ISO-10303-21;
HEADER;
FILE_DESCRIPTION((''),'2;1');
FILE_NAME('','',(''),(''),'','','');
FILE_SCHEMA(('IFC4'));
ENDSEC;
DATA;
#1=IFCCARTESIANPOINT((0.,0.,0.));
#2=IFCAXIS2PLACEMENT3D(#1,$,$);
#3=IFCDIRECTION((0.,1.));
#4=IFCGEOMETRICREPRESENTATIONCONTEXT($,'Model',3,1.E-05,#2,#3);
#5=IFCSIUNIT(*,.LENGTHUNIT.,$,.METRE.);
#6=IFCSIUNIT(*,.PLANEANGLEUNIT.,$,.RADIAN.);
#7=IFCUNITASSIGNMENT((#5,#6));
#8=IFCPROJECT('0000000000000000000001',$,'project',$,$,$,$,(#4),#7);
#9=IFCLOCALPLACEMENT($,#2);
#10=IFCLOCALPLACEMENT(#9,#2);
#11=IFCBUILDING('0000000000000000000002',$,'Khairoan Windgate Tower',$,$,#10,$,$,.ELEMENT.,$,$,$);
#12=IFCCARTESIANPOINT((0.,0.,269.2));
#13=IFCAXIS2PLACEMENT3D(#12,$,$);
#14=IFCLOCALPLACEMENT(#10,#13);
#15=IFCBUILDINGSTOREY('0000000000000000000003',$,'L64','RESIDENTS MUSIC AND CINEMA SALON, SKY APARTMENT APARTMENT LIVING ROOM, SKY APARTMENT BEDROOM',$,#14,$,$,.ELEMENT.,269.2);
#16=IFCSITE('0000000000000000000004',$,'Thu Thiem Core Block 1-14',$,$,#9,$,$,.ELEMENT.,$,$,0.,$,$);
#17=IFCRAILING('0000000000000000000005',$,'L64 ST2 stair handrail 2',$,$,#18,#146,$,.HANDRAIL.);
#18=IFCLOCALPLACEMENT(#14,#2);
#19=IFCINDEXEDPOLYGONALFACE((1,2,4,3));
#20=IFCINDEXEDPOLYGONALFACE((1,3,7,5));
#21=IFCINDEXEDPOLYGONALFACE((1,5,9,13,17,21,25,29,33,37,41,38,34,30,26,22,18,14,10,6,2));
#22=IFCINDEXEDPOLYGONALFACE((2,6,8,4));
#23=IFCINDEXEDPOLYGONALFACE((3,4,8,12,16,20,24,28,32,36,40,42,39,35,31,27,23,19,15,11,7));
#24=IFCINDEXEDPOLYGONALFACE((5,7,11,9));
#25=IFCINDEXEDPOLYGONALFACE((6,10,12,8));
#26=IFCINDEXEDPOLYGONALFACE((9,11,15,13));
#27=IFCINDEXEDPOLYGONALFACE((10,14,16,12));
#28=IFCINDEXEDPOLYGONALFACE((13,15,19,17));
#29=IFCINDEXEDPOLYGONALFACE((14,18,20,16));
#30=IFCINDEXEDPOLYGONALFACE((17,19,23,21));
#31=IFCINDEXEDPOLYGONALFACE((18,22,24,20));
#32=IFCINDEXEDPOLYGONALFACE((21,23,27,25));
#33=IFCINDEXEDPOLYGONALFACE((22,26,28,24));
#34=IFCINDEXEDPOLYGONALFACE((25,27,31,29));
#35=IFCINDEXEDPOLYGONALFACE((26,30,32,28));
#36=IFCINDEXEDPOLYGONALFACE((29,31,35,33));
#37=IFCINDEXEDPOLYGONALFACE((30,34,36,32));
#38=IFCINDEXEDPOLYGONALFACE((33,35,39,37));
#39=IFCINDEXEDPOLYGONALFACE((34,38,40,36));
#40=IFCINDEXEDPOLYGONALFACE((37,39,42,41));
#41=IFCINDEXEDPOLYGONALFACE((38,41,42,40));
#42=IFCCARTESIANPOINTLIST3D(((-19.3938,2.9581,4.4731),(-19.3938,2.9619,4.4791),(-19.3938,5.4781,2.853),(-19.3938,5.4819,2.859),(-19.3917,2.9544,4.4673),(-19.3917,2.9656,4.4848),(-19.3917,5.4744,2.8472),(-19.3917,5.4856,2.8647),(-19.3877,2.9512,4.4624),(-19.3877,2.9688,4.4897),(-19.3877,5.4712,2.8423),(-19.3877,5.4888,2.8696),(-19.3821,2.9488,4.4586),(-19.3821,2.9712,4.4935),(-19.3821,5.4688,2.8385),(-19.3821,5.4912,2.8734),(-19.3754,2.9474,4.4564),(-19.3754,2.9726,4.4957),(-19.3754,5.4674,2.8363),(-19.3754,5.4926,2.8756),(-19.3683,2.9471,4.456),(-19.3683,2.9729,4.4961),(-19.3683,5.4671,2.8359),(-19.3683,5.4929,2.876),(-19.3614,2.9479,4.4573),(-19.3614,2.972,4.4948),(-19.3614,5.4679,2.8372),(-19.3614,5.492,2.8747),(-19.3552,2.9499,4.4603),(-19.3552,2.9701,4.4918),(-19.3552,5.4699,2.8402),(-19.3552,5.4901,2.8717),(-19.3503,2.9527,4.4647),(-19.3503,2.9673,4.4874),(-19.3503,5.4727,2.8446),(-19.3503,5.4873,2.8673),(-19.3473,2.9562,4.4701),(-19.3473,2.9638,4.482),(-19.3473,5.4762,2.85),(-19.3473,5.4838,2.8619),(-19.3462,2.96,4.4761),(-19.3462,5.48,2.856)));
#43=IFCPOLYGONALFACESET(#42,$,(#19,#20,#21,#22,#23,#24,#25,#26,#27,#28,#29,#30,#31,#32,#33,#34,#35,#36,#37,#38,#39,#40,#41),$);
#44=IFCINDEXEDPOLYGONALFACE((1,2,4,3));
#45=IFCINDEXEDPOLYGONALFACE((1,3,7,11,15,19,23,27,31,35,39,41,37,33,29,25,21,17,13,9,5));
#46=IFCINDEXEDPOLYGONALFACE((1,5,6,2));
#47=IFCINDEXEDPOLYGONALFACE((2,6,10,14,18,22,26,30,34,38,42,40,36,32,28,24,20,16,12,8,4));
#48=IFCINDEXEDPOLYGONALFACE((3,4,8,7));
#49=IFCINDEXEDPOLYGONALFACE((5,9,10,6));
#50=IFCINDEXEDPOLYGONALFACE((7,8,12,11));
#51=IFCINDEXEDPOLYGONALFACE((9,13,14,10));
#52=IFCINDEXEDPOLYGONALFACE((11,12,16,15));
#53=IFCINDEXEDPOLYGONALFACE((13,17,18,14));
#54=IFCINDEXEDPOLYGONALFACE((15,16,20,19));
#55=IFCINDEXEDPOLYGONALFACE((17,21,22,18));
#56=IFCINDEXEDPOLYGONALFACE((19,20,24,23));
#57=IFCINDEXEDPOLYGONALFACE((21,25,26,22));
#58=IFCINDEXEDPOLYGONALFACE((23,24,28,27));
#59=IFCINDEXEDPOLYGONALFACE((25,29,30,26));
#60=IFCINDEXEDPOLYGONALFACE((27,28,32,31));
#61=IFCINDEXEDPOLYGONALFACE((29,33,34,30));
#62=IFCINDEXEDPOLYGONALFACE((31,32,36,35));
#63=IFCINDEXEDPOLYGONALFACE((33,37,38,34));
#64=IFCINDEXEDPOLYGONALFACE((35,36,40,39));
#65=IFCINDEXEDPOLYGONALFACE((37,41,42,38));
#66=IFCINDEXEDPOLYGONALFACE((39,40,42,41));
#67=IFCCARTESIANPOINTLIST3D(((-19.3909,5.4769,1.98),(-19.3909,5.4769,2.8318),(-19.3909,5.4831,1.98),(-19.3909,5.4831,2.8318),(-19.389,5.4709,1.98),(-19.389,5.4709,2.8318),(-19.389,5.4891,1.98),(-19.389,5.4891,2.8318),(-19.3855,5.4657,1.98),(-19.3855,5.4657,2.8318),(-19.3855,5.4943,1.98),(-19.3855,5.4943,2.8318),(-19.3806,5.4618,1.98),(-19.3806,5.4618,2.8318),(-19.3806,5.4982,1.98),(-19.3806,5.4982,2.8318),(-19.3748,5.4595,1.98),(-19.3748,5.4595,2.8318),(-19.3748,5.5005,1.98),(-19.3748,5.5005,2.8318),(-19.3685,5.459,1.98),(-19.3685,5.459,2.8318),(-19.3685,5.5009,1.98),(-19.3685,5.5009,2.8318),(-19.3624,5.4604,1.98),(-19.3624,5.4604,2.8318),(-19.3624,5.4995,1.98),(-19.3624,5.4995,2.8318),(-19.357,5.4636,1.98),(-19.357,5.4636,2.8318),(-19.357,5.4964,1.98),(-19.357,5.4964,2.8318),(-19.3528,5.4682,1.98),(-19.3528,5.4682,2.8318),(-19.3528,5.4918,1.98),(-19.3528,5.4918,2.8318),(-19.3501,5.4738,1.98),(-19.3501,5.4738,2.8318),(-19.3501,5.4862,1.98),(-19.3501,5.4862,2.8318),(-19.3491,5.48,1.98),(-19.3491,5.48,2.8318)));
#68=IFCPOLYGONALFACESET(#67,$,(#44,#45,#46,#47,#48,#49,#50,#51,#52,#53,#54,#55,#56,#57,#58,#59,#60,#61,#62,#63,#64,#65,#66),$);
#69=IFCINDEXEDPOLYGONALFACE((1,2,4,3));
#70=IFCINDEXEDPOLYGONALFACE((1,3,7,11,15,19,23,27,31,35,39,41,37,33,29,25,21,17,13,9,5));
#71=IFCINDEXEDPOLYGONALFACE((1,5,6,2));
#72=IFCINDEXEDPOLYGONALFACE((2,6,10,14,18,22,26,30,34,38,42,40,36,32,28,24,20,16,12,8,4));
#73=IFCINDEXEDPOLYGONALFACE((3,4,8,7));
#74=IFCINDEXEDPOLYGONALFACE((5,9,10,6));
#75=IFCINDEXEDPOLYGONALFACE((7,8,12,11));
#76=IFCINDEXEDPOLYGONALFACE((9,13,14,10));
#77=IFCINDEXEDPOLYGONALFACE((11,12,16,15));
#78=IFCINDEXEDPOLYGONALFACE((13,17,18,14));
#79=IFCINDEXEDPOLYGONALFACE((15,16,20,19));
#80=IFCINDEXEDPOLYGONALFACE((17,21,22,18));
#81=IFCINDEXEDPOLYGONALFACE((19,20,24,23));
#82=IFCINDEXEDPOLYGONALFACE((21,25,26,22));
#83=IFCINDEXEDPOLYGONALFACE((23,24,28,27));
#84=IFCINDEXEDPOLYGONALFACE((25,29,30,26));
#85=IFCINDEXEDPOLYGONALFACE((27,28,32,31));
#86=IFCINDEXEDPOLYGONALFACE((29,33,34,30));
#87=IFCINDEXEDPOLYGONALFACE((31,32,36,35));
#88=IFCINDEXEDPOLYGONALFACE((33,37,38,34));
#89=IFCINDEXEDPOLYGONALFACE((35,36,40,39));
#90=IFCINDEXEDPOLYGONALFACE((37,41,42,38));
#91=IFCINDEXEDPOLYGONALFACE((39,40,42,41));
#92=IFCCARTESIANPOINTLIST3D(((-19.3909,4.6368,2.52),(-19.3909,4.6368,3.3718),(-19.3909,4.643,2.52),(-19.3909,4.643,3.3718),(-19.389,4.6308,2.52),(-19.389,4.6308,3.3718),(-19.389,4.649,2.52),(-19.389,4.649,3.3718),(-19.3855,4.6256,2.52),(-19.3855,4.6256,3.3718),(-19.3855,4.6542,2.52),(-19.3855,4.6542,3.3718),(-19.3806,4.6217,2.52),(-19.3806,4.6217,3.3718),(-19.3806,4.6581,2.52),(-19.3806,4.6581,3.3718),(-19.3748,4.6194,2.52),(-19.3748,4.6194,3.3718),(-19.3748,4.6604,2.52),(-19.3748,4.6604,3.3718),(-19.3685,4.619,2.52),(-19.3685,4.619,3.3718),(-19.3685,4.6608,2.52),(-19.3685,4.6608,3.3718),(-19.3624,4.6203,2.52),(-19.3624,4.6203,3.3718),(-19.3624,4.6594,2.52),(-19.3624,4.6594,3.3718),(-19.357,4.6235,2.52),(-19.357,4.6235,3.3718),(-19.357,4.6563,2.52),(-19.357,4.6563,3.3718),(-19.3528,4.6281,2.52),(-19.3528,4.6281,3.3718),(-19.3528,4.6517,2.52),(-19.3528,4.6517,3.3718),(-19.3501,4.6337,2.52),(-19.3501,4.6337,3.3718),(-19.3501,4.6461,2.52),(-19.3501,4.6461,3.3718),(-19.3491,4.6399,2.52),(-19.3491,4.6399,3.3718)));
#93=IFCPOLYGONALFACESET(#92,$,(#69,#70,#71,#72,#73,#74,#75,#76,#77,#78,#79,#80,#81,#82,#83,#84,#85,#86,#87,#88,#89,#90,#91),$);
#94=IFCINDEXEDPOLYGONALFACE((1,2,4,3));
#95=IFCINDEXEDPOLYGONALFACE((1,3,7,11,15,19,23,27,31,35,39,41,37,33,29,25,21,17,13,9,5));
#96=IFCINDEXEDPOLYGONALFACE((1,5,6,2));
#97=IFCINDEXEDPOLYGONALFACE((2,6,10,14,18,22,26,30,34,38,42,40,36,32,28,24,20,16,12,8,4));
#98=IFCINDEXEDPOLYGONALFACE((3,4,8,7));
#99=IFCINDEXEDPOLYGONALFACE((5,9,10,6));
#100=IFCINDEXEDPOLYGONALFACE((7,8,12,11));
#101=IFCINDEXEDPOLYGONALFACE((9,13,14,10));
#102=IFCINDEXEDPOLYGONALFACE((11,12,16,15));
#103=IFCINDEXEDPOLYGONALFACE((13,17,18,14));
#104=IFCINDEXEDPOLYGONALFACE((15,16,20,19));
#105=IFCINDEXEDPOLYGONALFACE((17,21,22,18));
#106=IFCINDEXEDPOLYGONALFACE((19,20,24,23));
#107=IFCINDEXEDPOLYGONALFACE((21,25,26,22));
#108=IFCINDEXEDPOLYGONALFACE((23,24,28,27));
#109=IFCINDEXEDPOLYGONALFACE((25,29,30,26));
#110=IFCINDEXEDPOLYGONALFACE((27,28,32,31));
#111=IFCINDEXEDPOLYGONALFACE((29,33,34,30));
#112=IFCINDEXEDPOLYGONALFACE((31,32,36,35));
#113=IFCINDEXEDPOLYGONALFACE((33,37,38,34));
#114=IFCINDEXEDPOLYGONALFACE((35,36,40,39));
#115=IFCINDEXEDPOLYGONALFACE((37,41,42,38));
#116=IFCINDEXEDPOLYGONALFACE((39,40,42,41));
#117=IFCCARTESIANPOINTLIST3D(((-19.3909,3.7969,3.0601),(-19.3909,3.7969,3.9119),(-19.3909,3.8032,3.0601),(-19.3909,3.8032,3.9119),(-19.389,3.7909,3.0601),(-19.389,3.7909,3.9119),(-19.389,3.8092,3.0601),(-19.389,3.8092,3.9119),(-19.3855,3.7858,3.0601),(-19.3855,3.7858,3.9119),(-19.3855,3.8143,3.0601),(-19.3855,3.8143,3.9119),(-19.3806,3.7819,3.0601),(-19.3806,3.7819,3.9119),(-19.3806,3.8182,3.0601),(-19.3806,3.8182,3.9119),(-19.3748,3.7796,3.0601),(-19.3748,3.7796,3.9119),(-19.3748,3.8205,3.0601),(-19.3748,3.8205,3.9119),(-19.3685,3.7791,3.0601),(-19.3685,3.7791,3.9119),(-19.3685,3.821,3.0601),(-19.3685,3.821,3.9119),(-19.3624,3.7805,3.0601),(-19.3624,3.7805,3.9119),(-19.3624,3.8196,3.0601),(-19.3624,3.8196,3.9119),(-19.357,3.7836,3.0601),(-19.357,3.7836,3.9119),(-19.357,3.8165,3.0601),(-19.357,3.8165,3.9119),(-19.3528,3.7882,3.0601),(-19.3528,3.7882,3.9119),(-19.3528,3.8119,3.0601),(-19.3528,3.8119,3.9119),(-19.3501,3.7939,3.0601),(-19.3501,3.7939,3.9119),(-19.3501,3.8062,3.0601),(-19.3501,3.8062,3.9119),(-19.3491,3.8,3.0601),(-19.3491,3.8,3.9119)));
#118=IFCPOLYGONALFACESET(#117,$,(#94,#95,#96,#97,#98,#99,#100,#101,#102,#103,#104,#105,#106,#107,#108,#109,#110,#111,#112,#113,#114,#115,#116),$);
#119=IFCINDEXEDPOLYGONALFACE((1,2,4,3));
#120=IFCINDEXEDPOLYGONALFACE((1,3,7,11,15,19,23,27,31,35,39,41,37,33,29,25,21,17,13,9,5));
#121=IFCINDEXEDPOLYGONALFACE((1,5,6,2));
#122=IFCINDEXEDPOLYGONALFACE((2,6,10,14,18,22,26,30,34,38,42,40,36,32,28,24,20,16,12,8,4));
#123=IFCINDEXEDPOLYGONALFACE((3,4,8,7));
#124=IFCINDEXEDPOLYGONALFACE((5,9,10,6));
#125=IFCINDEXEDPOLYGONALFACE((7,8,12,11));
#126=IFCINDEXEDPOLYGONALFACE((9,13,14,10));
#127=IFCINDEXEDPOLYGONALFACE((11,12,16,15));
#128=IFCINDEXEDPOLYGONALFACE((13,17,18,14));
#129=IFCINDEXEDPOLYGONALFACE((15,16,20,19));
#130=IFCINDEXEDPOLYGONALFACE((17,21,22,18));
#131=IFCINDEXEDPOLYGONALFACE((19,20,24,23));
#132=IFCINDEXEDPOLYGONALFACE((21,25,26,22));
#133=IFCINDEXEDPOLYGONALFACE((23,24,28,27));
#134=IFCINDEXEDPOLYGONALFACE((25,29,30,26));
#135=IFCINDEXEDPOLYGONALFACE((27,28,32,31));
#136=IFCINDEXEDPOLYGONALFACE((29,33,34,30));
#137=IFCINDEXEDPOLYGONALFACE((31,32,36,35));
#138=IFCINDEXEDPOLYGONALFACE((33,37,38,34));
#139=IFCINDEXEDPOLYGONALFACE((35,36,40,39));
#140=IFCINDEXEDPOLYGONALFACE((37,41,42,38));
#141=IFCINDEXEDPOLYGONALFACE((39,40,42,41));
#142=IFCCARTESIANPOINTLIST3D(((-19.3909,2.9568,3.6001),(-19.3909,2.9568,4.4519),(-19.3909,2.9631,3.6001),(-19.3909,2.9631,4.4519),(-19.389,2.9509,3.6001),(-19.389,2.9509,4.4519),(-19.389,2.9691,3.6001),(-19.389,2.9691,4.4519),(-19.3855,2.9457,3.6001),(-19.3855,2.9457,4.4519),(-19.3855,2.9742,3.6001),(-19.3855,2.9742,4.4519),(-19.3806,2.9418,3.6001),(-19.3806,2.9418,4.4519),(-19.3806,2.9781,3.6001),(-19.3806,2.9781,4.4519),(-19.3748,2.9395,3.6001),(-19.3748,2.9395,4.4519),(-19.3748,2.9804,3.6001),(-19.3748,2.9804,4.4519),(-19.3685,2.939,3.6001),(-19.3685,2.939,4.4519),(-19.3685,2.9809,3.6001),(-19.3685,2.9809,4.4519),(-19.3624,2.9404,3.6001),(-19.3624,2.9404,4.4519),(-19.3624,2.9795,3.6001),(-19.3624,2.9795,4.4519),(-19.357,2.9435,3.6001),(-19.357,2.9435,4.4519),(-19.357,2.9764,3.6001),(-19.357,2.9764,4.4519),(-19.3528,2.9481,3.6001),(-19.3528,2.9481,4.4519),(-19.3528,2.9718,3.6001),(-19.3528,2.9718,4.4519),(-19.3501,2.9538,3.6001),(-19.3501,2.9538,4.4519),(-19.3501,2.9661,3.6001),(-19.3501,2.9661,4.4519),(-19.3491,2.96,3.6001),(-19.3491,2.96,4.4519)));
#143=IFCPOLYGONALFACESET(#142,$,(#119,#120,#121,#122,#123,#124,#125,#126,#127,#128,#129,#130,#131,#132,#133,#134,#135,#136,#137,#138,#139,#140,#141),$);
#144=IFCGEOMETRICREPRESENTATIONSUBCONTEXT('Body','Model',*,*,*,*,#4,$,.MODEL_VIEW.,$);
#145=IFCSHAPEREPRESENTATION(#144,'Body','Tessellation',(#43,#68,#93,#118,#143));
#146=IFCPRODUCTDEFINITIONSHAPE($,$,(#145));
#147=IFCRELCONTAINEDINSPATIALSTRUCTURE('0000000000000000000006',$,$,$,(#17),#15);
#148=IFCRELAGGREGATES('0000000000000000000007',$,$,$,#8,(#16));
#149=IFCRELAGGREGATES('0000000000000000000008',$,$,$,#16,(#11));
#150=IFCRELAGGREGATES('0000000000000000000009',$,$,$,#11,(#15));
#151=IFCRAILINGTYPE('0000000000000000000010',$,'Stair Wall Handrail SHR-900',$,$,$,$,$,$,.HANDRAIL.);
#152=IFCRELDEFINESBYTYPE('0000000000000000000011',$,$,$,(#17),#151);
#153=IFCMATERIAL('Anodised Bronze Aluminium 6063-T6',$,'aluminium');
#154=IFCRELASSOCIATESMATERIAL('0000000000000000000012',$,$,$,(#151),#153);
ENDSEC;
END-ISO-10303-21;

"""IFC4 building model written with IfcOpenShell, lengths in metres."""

from ifc_helpers import new_model, si_unit, direction, frame, origin, origin_2d, place, context, subcontext, project, spatial, circle, extrude, material, type_object, element, save


model = new_model("IFC4")

# Units and contexts
model_context = context("Model", 3, precision=1e-05, world=origin(), true_north=direction((0.0, 1.0)))
body_context = subcontext(model_context, "Body", "Model", "MODEL_VIEW")
ifc_project = project(units=[si_unit("LENGTHUNIT", "METRE"), si_unit("PLANEANGLEUNIT", "RADIAN")], contexts=[model_context])

# Site, building, storey
site_placement = place(None, origin())
site = spatial("IfcSite", under=ifc_project, at=site_placement, Name="Thu Thiem Core Block 1-14", CompositionType="ELEMENT", RefElevation=0.0)
building_placement = place(site_placement, origin())
building = spatial("IfcBuilding", under=site, at=building_placement, Name="Khairoan Windgate Tower", CompositionType="ELEMENT")
storey_placement = place(building_placement, frame((0.0, 0.0, 269.2)))
storey = spatial("IfcBuildingStorey", under=building, at=storey_placement, Name="L64", Description="RESIDENTS MUSIC AND CINEMA SALON, SKY APARTMENT APARTMENT LIVING ROOM, SKY APARTMENT BEDROOM", CompositionType="ELEMENT", Elevation=269.2)

# Railing
ifc_material_1 = material(Name="Anodised Bronze Aluminium 6063-T6", Category="aluminium")
railing_type_1 = type_object("IfcRailingType", Name="Stair Wall Handrail SHR-900", PredefinedType="HANDRAIL", material=ifc_material_1)
railing_1_placement = place(storey_placement, frame((-19.3701, 5.48, 1.98)))
element("IfcRailing", 1, at=railing_1_placement, inside=storey, type_object=railing_type_1, Name="L64 ST2 stair handrail 2", PredefinedType="HANDRAIL", context=body_context, shape_type="SweptSolid", body=[
    extrude(circle(Radius=0.0239, at=origin_2d()), frame((0.0, 0.0, 0.876), z_axis=(0.0, -0.841163, 0.540782), x_axis=(1.0, 0.0, 0.0)), (0.0, 0.0, 1.0), 2.9958),
    extrude(circle(Radius=0.021, at=origin_2d()), origin(), (0.0, 0.0, 1.0), 0.8518),
    extrude(circle(Radius=0.021, at=origin_2d()), frame((0.0, -0.8401, 0.54)), (0.0, 0.0, 1.0), 0.8518),
    extrude(circle(Radius=0.021, at=origin_2d()), frame((0.0, -1.6799, 1.0801)), (0.0, 0.0, 1.0), 0.8518),
    extrude(circle(Radius=0.021, at=origin_2d()), frame((0.0, -2.52, 1.6201)), (0.0, 0.0, 1.0), 0.8518),
])

save(model, "model.ifc")
